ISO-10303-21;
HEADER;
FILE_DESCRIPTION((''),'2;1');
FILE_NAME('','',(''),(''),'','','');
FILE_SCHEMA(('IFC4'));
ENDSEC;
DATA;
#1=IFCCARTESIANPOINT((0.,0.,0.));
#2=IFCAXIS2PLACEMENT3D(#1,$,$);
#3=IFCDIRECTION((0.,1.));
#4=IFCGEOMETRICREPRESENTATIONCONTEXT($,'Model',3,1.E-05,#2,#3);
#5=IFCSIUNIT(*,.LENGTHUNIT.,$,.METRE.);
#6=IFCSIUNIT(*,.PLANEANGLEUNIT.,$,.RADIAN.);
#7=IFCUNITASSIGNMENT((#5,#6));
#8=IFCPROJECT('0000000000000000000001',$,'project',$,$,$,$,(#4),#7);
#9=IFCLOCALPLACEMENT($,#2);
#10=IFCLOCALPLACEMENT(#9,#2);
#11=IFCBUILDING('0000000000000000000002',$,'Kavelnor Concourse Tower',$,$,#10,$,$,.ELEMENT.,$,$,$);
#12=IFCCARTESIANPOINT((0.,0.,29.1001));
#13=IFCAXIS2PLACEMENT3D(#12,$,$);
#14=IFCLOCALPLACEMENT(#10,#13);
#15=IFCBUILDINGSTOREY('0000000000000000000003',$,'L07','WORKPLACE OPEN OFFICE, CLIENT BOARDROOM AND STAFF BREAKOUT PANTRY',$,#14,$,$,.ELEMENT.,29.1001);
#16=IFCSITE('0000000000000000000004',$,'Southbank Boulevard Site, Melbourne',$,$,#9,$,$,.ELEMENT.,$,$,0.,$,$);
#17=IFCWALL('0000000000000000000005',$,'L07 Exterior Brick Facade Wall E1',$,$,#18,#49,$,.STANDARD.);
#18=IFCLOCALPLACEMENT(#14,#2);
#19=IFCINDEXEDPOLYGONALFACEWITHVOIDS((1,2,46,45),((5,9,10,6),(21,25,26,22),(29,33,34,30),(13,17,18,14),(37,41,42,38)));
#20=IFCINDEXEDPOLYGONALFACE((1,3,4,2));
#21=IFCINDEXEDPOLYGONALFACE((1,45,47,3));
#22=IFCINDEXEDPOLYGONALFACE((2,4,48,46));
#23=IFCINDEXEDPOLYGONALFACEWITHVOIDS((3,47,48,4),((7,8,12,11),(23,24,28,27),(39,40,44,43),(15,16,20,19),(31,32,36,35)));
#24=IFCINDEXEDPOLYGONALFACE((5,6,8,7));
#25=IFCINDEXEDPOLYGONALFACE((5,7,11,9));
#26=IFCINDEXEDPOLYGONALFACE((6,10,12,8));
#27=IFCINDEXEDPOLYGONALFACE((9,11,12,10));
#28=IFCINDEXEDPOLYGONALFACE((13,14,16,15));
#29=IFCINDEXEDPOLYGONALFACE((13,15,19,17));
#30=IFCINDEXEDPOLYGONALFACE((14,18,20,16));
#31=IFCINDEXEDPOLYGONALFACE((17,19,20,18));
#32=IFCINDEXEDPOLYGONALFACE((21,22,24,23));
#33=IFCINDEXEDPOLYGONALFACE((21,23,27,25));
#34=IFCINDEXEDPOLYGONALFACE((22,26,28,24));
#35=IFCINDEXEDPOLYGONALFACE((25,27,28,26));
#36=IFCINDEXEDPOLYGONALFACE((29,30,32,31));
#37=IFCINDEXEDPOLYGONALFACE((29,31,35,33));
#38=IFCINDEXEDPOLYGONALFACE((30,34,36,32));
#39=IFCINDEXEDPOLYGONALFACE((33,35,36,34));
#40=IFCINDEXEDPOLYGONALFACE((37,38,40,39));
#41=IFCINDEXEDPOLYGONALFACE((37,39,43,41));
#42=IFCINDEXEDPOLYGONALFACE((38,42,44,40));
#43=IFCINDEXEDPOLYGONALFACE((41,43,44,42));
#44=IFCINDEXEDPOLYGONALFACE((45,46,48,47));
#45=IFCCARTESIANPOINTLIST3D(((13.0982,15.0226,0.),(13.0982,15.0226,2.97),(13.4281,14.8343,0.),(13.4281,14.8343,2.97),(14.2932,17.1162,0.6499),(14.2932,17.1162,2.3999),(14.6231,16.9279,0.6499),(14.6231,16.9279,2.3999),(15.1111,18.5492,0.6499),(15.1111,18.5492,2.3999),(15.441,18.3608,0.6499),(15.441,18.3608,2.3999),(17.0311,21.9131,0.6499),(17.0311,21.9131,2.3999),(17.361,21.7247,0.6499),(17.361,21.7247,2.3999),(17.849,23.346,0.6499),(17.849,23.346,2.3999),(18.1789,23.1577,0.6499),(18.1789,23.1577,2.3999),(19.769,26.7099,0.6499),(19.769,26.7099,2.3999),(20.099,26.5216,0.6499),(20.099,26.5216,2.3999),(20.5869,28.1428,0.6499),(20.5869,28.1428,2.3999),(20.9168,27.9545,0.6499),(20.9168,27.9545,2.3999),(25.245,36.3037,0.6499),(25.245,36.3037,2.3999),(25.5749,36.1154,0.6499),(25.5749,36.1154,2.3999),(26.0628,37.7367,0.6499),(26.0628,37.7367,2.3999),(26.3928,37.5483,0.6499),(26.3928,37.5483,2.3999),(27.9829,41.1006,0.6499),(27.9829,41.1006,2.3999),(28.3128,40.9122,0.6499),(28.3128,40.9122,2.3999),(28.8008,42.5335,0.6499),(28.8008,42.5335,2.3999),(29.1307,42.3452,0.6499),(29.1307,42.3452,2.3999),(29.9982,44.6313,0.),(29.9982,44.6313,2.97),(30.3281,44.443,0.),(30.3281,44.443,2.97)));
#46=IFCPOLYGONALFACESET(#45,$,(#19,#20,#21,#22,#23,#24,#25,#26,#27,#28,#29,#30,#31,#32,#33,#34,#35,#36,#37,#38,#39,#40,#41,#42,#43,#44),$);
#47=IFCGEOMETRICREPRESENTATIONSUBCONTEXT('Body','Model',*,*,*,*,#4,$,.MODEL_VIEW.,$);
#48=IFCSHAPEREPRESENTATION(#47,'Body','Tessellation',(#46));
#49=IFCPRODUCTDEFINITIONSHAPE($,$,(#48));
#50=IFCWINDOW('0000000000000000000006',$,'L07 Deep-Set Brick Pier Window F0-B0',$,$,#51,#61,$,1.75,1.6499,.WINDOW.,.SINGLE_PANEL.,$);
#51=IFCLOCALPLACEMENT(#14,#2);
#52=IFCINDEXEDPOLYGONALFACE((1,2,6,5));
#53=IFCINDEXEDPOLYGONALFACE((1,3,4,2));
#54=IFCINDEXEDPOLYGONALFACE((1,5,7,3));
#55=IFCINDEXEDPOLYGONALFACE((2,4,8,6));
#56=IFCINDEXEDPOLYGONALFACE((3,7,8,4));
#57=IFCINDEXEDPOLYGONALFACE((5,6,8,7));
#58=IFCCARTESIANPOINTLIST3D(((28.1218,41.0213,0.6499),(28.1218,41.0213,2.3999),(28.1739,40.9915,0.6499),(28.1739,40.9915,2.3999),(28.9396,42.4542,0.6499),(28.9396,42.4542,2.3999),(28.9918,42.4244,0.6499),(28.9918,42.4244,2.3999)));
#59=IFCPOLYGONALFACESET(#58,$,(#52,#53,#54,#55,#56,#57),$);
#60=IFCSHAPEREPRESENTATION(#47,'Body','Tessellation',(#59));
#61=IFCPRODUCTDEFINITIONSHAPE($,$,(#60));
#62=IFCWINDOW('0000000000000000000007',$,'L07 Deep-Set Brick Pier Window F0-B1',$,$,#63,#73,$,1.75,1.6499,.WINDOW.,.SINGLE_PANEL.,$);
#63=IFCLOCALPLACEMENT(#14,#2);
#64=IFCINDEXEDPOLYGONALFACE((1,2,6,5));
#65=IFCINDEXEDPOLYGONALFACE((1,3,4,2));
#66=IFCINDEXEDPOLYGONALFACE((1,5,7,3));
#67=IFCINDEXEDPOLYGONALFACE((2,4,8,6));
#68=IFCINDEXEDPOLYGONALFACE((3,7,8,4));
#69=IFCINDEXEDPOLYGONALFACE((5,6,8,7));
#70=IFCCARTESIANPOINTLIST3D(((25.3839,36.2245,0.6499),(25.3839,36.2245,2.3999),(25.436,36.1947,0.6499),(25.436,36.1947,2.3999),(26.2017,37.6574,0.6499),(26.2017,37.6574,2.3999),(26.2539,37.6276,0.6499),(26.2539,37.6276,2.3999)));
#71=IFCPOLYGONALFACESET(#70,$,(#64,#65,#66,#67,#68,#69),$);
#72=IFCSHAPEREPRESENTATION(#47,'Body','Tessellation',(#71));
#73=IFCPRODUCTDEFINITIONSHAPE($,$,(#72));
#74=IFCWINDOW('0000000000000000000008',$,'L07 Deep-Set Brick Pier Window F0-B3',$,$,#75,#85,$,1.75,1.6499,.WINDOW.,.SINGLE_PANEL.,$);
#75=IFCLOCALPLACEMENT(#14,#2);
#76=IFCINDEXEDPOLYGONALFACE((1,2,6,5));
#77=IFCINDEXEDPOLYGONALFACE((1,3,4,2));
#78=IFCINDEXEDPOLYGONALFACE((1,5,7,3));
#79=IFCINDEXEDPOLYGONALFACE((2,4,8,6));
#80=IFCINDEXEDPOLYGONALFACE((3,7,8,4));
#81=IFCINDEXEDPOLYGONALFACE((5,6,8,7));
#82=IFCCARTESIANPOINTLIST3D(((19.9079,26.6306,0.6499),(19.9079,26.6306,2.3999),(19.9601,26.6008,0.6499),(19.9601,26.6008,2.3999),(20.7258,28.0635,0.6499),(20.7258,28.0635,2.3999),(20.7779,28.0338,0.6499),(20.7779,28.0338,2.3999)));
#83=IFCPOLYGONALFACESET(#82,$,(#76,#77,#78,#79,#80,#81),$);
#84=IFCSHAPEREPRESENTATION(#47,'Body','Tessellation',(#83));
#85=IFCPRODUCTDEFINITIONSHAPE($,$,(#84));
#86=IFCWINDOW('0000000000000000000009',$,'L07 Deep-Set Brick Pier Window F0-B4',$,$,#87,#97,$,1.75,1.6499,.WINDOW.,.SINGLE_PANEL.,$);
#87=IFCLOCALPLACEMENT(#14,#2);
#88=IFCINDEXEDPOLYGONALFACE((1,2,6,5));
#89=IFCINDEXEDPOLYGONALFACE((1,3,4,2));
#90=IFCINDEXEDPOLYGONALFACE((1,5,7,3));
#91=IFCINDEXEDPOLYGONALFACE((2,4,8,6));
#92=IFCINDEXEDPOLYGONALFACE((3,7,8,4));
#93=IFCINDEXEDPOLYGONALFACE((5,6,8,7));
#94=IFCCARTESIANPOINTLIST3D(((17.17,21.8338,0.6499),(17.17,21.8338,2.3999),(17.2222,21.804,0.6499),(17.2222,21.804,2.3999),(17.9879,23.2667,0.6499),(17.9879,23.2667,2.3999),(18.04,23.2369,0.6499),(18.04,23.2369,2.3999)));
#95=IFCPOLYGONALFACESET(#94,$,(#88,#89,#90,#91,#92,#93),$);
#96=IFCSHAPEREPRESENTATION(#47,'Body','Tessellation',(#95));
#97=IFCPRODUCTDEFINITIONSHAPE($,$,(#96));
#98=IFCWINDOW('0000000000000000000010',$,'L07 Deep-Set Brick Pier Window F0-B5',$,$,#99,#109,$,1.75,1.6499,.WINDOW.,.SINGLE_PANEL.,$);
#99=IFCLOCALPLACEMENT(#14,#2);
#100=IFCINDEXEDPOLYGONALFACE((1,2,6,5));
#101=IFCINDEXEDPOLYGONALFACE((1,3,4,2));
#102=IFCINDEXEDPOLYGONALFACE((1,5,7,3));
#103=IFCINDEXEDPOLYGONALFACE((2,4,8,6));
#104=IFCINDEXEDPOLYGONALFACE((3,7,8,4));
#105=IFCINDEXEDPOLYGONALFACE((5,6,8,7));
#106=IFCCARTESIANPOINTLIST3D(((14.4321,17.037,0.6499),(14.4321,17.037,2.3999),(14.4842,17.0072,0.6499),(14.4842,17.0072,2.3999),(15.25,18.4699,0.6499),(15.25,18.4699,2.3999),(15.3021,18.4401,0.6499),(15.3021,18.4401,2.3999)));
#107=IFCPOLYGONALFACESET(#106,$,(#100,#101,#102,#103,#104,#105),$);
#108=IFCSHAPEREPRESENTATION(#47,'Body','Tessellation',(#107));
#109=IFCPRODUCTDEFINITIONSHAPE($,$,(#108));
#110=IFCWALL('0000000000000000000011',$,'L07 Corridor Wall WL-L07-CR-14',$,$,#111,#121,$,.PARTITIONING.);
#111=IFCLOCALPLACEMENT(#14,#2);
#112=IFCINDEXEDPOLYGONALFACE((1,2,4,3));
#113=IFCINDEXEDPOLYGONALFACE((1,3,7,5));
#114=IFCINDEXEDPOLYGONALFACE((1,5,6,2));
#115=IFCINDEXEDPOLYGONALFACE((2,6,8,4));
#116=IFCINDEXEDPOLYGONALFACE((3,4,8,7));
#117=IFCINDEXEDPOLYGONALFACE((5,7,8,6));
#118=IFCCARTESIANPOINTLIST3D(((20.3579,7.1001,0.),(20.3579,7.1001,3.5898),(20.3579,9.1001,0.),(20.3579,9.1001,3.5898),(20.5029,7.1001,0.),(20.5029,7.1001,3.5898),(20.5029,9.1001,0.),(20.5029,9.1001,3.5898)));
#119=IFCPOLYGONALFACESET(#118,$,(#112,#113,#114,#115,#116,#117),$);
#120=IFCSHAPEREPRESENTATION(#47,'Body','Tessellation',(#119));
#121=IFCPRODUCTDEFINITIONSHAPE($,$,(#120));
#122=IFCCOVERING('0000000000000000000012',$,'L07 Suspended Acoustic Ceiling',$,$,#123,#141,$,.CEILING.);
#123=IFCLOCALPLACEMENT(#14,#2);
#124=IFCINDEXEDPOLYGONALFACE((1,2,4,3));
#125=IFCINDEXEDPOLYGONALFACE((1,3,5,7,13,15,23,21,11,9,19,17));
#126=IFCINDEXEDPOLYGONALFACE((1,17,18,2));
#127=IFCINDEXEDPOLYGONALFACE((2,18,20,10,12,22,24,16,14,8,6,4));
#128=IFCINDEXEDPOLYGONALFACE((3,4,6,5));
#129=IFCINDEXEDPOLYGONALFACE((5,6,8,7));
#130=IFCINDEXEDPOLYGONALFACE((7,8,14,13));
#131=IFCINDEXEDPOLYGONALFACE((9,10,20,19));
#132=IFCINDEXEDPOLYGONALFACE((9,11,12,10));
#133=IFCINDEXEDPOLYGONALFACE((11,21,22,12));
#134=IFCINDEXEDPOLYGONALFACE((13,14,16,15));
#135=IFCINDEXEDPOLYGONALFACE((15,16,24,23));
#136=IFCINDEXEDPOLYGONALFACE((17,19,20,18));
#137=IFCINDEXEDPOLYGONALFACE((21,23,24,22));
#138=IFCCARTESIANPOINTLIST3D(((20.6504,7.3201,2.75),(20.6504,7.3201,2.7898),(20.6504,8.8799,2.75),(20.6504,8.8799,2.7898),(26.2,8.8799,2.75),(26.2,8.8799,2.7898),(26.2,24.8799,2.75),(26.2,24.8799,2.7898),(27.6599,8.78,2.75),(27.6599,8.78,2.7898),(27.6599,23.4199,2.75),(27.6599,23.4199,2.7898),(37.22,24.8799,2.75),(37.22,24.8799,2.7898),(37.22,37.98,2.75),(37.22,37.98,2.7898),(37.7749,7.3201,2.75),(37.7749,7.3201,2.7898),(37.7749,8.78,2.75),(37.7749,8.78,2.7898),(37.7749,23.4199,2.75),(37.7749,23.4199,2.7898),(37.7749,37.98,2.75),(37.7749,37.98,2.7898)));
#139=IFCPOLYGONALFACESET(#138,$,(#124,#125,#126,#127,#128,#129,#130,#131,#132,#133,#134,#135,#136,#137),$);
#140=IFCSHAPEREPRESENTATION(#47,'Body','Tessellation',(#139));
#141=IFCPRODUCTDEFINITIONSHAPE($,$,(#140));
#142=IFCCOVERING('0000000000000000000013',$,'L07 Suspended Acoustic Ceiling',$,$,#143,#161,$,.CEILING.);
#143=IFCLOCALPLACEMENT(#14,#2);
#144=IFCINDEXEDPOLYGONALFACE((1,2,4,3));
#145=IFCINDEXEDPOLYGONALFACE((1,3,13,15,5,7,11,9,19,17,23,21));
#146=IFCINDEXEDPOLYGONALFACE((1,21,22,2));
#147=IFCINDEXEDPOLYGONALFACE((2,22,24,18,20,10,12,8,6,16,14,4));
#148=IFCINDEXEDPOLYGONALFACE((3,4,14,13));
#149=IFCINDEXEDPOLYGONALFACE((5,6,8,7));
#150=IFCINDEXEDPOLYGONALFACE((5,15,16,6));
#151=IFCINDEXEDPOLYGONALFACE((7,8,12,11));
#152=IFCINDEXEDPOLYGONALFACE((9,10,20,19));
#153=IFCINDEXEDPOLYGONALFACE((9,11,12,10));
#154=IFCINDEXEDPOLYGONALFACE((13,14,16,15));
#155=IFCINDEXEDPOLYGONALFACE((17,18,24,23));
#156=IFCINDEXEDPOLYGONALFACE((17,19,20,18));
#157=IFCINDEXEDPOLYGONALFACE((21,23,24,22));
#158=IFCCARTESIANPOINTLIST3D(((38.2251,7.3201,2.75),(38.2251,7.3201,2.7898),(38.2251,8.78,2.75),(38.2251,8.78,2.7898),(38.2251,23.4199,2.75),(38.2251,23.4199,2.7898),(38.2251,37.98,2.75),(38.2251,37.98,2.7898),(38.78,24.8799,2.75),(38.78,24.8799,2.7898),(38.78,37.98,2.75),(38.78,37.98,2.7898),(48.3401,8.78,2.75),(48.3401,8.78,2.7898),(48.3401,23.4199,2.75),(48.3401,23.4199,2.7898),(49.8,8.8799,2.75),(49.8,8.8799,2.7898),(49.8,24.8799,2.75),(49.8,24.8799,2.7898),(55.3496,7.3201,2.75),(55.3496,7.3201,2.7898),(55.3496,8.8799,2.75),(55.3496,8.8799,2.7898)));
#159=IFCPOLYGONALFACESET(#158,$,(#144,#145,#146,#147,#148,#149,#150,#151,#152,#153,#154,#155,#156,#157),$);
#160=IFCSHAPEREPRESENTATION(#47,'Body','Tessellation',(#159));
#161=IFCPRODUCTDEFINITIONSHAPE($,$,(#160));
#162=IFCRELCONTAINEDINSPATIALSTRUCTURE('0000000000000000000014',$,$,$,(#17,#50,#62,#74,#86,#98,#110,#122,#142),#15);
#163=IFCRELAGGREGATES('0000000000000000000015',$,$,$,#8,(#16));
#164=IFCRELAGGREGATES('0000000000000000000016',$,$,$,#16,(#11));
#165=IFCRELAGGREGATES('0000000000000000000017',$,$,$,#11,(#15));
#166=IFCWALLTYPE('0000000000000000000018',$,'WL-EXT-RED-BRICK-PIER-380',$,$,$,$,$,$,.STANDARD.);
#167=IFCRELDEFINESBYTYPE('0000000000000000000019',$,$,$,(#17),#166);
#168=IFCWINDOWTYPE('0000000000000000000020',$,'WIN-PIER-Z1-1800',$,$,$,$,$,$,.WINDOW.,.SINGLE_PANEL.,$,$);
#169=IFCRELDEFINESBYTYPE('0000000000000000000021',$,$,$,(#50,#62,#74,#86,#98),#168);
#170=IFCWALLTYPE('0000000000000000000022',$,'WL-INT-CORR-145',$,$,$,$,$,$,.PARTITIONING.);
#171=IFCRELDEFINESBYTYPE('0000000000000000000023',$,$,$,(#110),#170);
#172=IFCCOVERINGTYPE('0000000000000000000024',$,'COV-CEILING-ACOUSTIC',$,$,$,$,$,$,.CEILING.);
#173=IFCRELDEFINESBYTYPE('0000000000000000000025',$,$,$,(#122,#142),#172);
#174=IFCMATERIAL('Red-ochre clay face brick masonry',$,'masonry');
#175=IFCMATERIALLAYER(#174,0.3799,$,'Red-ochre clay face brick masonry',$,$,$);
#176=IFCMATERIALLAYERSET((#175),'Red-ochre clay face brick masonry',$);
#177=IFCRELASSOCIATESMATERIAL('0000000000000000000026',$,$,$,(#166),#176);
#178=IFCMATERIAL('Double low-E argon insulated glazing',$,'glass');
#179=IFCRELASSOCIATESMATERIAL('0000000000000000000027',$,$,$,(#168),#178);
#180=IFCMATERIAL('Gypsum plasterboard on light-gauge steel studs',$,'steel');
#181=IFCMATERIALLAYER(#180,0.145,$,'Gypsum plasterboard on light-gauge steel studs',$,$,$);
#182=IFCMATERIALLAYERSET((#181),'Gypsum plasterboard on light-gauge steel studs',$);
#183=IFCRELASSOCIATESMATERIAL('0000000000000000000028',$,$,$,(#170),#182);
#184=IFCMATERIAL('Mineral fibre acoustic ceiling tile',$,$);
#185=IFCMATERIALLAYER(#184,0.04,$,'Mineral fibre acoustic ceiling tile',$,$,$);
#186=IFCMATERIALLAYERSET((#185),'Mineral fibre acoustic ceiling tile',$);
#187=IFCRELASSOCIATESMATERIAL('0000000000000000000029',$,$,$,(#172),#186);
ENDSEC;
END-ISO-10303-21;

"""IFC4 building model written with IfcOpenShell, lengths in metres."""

from ifc_helpers import new_model, si_unit, direction, frame, frame_2d, origin, place, context, subcontext, project, spatial, polyline, rectangle, outline, extrude, material, layer, layer_set, type_object, element, fill, save


model = new_model("IFC4")

# Units and contexts
model_context = context("Model", 3, precision=1e-05, world=origin(), true_north=direction((0.0, 1.0)))
body_context = subcontext(model_context, "Body", "Model", "MODEL_VIEW")
ifc_project = project(units=[si_unit("LENGTHUNIT", "METRE"), si_unit("PLANEANGLEUNIT", "RADIAN")], contexts=[model_context])

# Site, building, storey
site_placement = place(None, origin())
site = spatial("IfcSite", under=ifc_project, at=site_placement, Name="Southbank Boulevard Site, Melbourne", CompositionType="ELEMENT", RefElevation=0.0)
building_placement = place(site_placement, origin())
building = spatial("IfcBuilding", under=site, at=building_placement, Name="Kavelnor Concourse Tower", CompositionType="ELEMENT")
storey_placement = place(building_placement, frame((0.0, 0.0, 29.1001)))
storey = spatial("IfcBuildingStorey", under=building, at=storey_placement, Name="L07", Description="WORKPLACE OPEN OFFICE, CLIENT BOARDROOM AND STAFF BREAKOUT PANTRY", CompositionType="ELEMENT", Elevation=29.1001)

# Wall, openings, windows
ifc_material_1 = material(Name="Red-ochre clay face brick masonry", Category="masonry")
ifc_layer_1 = layer(ifc_material_1, 0.3799, Name="Red-ochre clay face brick masonry")
ifc_layer_set_1 = layer_set([ifc_layer_1], Name="Red-ochre clay face brick masonry")
wall_type_1 = type_object("IfcWallType", Name="WL-EXT-RED-BRICK-PIER-380", PredefinedType="STANDARD", material=ifc_layer_set_1)
wall_1_placement = place(storey_placement, frame((13.2632, 14.9285, 0.0), z_axis=(0.0, 0.0, 1.0), x_axis=(0.495712, 0.868487, 0.0)))
wall_1 = element("IfcWall", 1, at=wall_1_placement, inside=storey, type_object=wall_type_1, Name="L07 Exterior Brick Facade Wall E1", PredefinedType="STANDARD", context=body_context, shape_type="SweptSolid", body=[
    extrude(rectangle(XDim=34.0923, YDim=0.3799, at=frame_2d((17.0461, 0.0))), origin(), (0.0, 0.0, 1.0), 2.97),
])
opening_1_placement = place(wall_1_placement, frame((30.0269, 0.0, 0.6499)))
opening_1 = element("IfcOpeningElement", 2, at=opening_1_placement, cuts=wall_1, PredefinedType="OPENING", context=body_context, shape_type="SweptSolid", body=[
    extrude(rectangle(XDim=1.6499, YDim=1.75, at=frame_2d((0.825, 0.875))), frame((0.0, 0.2, 0.0), z_axis=(0.0, -1.0, 0.0), x_axis=(1.0, 0.0, 0.0)), (0.0, 0.0, 1.0), 0.3999),
])
opening_2_placement = place(wall_1_placement, frame((24.5037, 0.0, 0.6499)))
opening_2 = element("IfcOpeningElement", 3, at=opening_2_placement, cuts=wall_1, PredefinedType="OPENING", context=body_context, shape_type="SweptSolid", body=[
    extrude(rectangle(XDim=1.6499, YDim=1.75, at=frame_2d((0.825, 0.875))), frame((0.0, 0.2, 0.0), z_axis=(0.0, -1.0, 0.0), x_axis=(1.0, 0.0, 0.0)), (0.0, 0.0, 1.0), 0.3999),
])
opening_3_placement = place(wall_1_placement, frame((13.457, 0.0, 0.6499)))
opening_3 = element("IfcOpeningElement", 4, at=opening_3_placement, cuts=wall_1, PredefinedType="OPENING", context=body_context, shape_type="SweptSolid", body=[
    extrude(rectangle(XDim=1.6499, YDim=1.75, at=frame_2d((0.825, 0.875))), frame((0.0, 0.2, 0.0), z_axis=(0.0, -1.0, 0.0), x_axis=(1.0, 0.0, 0.0)), (0.0, 0.0, 1.0), 0.3999),
])
opening_4_placement = place(wall_1_placement, frame((7.9338, 0.0, 0.6499)))
opening_4 = element("IfcOpeningElement", 5, at=opening_4_placement, cuts=wall_1, PredefinedType="OPENING", context=body_context, shape_type="SweptSolid", body=[
    extrude(rectangle(XDim=1.6499, YDim=1.75, at=frame_2d((0.825, 0.875))), frame((0.0, 0.2, 0.0), z_axis=(0.0, -1.0, 0.0), x_axis=(1.0, 0.0, 0.0)), (0.0, 0.0, 1.0), 0.3999),
])
opening_5_placement = place(wall_1_placement, frame((2.4106, 0.0, 0.6499)))
opening_5 = element("IfcOpeningElement", 6, at=opening_5_placement, cuts=wall_1, PredefinedType="OPENING", context=body_context, shape_type="SweptSolid", body=[
    extrude(rectangle(XDim=1.6499, YDim=1.75, at=frame_2d((0.825, 0.875))), frame((0.0, 0.2, 0.0), z_axis=(0.0, -1.0, 0.0), x_axis=(1.0, 0.0, 0.0)), (0.0, 0.0, 1.0), 0.3999),
])
ifc_material_2 = material(Name="Double low-E argon insulated glazing", Category="glass")
window_type = type_object("IfcWindowType", Name="WIN-PIER-Z1-1800", PartitioningType="SINGLE_PANEL", PredefinedType="WINDOW", material=ifc_material_2)
window_1_placement = place(opening_1_placement, origin())
window_1 = element("IfcWindow", 7, at=window_1_placement, inside=storey, type_object=window_type, Name="L07 Deep-Set Brick Pier Window F0-B0", OverallHeight=1.75, OverallWidth=1.6499, PartitioningType="SINGLE_PANEL", PredefinedType="WINDOW", context=body_context, shape_type="SweptSolid", body=[
    extrude(rectangle(XDim=1.6499, YDim=1.75, at=frame_2d((0.825, 0.875))), frame((0.0, 0.03, 0.0), z_axis=(0.0, -1.0, 0.0), x_axis=(1.0, 0.0, 0.0)), (0.0, 0.0, 1.0), 0.0601),
])
fill(opening_1, window_1)
window_2_placement = place(opening_2_placement, origin())
window_2 = element("IfcWindow", 8, at=window_2_placement, inside=storey, type_object=window_type, Name="L07 Deep-Set Brick Pier Window F0-B1", OverallHeight=1.75, OverallWidth=1.6499, PartitioningType="SINGLE_PANEL", PredefinedType="WINDOW", context=body_context, shape_type="SweptSolid", body=[
    extrude(rectangle(XDim=1.6499, YDim=1.75, at=frame_2d((0.825, 0.875))), frame((0.0, 0.03, 0.0), z_axis=(0.0, -1.0, 0.0), x_axis=(1.0, 0.0, 0.0)), (0.0, 0.0, 1.0), 0.0601),
])
fill(opening_2, window_2)
window_3_placement = place(opening_3_placement, origin())
window_3 = element("IfcWindow", 9, at=window_3_placement, inside=storey, type_object=window_type, Name="L07 Deep-Set Brick Pier Window F0-B3", OverallHeight=1.75, OverallWidth=1.6499, PartitioningType="SINGLE_PANEL", PredefinedType="WINDOW", context=body_context, shape_type="SweptSolid", body=[
    extrude(rectangle(XDim=1.6499, YDim=1.75, at=frame_2d((0.825, 0.875))), frame((0.0, 0.03, 0.0), z_axis=(0.0, -1.0, 0.0), x_axis=(1.0, 0.0, 0.0)), (0.0, 0.0, 1.0), 0.0601),
])
fill(opening_3, window_3)
window_4_placement = place(opening_4_placement, origin())
window_4 = element("IfcWindow", 10, at=window_4_placement, inside=storey, type_object=window_type, Name="L07 Deep-Set Brick Pier Window F0-B4", OverallHeight=1.75, OverallWidth=1.6499, PartitioningType="SINGLE_PANEL", PredefinedType="WINDOW", context=body_context, shape_type="SweptSolid", body=[
    extrude(rectangle(XDim=1.6499, YDim=1.75, at=frame_2d((0.825, 0.875))), frame((0.0, 0.03, 0.0), z_axis=(0.0, -1.0, 0.0), x_axis=(1.0, 0.0, 0.0)), (0.0, 0.0, 1.0), 0.0601),
])
fill(opening_4, window_4)
window_5_placement = place(opening_5_placement, origin())
window_5 = element("IfcWindow", 11, at=window_5_placement, inside=storey, type_object=window_type, Name="L07 Deep-Set Brick Pier Window F0-B5", OverallHeight=1.75, OverallWidth=1.6499, PartitioningType="SINGLE_PANEL", PredefinedType="WINDOW", context=body_context, shape_type="SweptSolid", body=[
    extrude(rectangle(XDim=1.6499, YDim=1.75, at=frame_2d((0.825, 0.875))), frame((0.0, 0.03, 0.0), z_axis=(0.0, -1.0, 0.0), x_axis=(1.0, 0.0, 0.0)), (0.0, 0.0, 1.0), 0.0601),
])
fill(opening_5, window_5)

# Wall
ifc_material_3 = material(Name="Gypsum plasterboard on light-gauge steel studs", Category="steel")
ifc_layer_2 = layer(ifc_material_3, 0.145, Name="Gypsum plasterboard on light-gauge steel studs")
ifc_layer_set_2 = layer_set([ifc_layer_2], Name="Gypsum plasterboard on light-gauge steel studs")
wall_type_2 = type_object("IfcWallType", Name="WL-INT-CORR-145", PredefinedType="PARTITIONING", material=ifc_layer_set_2)
wall_2_placement = place(storey_placement, frame((20.4304, 7.1001, 0.0), z_axis=(0.0, 0.0, 1.0), x_axis=(0.0, 1.0, 0.0)))
element("IfcWall", 12, at=wall_2_placement, inside=storey, type_object=wall_type_2, Name="L07 Corridor Wall WL-L07-CR-14", PredefinedType="PARTITIONING", context=body_context, shape_type="SweptSolid", body=[
    extrude(rectangle(XDim=2.0, YDim=0.145, at=frame_2d((1.0, 0.0))), origin(), (0.0, 0.0, 1.0), 3.5898),
])

# Coverings
ifc_material_4 = material(Name="Mineral fibre acoustic ceiling tile")
ifc_layer_3 = layer(ifc_material_4, 0.04, Name="Mineral fibre acoustic ceiling tile")
ifc_layer_set_3 = layer_set([ifc_layer_3], Name="Mineral fibre acoustic ceiling tile")
covering_type_1 = type_object("IfcCoveringType", Name="COV-CEILING-ACOUSTIC", PredefinedType="CEILING", material=ifc_layer_set_3)
covering_1_placement = place(storey_placement, frame((0.0, 0.0, 2.75)))
element("IfcCovering", 13, at=covering_1_placement, inside=storey, type_object=covering_type_1, Name="L07 Suspended Acoustic Ceiling", PredefinedType="CEILING", context=body_context, shape_type="SweptSolid", body=[
    extrude(outline(polyline([(37.22, 37.98), (37.7749, 37.98), (37.7749, 23.4199), (27.6599, 23.4199), (27.6599, 8.78), (37.7749, 8.78), (37.7749, 7.3201), (20.6504, 7.3201), (20.6504, 8.8799), (26.2, 8.8799), (26.2, 24.8799), (37.22, 24.8799), (37.22, 37.98)])), origin(), (0.0, 0.0, 1.0), 0.0398),
])
covering_2_placement = place(storey_placement, frame((0.0, 0.0, 2.75)))
element("IfcCovering", 14, at=covering_2_placement, inside=storey, type_object=covering_type_1, Name="L07 Suspended Acoustic Ceiling", PredefinedType="CEILING", context=body_context, shape_type="SweptSolid", body=[
    extrude(outline(polyline([(38.78, 37.98), (38.78, 24.8799), (49.8, 24.8799), (49.8, 8.8799), (55.3496, 8.8799), (55.3496, 7.3201), (38.2251, 7.3201), (38.2251, 8.78), (48.3401, 8.78), (48.3401, 23.4199), (38.2251, 23.4199), (38.2251, 37.98), (38.78, 37.98)])), origin(), (0.0, 0.0, 1.0), 0.0398),
])

save(model, "model.ifc")
